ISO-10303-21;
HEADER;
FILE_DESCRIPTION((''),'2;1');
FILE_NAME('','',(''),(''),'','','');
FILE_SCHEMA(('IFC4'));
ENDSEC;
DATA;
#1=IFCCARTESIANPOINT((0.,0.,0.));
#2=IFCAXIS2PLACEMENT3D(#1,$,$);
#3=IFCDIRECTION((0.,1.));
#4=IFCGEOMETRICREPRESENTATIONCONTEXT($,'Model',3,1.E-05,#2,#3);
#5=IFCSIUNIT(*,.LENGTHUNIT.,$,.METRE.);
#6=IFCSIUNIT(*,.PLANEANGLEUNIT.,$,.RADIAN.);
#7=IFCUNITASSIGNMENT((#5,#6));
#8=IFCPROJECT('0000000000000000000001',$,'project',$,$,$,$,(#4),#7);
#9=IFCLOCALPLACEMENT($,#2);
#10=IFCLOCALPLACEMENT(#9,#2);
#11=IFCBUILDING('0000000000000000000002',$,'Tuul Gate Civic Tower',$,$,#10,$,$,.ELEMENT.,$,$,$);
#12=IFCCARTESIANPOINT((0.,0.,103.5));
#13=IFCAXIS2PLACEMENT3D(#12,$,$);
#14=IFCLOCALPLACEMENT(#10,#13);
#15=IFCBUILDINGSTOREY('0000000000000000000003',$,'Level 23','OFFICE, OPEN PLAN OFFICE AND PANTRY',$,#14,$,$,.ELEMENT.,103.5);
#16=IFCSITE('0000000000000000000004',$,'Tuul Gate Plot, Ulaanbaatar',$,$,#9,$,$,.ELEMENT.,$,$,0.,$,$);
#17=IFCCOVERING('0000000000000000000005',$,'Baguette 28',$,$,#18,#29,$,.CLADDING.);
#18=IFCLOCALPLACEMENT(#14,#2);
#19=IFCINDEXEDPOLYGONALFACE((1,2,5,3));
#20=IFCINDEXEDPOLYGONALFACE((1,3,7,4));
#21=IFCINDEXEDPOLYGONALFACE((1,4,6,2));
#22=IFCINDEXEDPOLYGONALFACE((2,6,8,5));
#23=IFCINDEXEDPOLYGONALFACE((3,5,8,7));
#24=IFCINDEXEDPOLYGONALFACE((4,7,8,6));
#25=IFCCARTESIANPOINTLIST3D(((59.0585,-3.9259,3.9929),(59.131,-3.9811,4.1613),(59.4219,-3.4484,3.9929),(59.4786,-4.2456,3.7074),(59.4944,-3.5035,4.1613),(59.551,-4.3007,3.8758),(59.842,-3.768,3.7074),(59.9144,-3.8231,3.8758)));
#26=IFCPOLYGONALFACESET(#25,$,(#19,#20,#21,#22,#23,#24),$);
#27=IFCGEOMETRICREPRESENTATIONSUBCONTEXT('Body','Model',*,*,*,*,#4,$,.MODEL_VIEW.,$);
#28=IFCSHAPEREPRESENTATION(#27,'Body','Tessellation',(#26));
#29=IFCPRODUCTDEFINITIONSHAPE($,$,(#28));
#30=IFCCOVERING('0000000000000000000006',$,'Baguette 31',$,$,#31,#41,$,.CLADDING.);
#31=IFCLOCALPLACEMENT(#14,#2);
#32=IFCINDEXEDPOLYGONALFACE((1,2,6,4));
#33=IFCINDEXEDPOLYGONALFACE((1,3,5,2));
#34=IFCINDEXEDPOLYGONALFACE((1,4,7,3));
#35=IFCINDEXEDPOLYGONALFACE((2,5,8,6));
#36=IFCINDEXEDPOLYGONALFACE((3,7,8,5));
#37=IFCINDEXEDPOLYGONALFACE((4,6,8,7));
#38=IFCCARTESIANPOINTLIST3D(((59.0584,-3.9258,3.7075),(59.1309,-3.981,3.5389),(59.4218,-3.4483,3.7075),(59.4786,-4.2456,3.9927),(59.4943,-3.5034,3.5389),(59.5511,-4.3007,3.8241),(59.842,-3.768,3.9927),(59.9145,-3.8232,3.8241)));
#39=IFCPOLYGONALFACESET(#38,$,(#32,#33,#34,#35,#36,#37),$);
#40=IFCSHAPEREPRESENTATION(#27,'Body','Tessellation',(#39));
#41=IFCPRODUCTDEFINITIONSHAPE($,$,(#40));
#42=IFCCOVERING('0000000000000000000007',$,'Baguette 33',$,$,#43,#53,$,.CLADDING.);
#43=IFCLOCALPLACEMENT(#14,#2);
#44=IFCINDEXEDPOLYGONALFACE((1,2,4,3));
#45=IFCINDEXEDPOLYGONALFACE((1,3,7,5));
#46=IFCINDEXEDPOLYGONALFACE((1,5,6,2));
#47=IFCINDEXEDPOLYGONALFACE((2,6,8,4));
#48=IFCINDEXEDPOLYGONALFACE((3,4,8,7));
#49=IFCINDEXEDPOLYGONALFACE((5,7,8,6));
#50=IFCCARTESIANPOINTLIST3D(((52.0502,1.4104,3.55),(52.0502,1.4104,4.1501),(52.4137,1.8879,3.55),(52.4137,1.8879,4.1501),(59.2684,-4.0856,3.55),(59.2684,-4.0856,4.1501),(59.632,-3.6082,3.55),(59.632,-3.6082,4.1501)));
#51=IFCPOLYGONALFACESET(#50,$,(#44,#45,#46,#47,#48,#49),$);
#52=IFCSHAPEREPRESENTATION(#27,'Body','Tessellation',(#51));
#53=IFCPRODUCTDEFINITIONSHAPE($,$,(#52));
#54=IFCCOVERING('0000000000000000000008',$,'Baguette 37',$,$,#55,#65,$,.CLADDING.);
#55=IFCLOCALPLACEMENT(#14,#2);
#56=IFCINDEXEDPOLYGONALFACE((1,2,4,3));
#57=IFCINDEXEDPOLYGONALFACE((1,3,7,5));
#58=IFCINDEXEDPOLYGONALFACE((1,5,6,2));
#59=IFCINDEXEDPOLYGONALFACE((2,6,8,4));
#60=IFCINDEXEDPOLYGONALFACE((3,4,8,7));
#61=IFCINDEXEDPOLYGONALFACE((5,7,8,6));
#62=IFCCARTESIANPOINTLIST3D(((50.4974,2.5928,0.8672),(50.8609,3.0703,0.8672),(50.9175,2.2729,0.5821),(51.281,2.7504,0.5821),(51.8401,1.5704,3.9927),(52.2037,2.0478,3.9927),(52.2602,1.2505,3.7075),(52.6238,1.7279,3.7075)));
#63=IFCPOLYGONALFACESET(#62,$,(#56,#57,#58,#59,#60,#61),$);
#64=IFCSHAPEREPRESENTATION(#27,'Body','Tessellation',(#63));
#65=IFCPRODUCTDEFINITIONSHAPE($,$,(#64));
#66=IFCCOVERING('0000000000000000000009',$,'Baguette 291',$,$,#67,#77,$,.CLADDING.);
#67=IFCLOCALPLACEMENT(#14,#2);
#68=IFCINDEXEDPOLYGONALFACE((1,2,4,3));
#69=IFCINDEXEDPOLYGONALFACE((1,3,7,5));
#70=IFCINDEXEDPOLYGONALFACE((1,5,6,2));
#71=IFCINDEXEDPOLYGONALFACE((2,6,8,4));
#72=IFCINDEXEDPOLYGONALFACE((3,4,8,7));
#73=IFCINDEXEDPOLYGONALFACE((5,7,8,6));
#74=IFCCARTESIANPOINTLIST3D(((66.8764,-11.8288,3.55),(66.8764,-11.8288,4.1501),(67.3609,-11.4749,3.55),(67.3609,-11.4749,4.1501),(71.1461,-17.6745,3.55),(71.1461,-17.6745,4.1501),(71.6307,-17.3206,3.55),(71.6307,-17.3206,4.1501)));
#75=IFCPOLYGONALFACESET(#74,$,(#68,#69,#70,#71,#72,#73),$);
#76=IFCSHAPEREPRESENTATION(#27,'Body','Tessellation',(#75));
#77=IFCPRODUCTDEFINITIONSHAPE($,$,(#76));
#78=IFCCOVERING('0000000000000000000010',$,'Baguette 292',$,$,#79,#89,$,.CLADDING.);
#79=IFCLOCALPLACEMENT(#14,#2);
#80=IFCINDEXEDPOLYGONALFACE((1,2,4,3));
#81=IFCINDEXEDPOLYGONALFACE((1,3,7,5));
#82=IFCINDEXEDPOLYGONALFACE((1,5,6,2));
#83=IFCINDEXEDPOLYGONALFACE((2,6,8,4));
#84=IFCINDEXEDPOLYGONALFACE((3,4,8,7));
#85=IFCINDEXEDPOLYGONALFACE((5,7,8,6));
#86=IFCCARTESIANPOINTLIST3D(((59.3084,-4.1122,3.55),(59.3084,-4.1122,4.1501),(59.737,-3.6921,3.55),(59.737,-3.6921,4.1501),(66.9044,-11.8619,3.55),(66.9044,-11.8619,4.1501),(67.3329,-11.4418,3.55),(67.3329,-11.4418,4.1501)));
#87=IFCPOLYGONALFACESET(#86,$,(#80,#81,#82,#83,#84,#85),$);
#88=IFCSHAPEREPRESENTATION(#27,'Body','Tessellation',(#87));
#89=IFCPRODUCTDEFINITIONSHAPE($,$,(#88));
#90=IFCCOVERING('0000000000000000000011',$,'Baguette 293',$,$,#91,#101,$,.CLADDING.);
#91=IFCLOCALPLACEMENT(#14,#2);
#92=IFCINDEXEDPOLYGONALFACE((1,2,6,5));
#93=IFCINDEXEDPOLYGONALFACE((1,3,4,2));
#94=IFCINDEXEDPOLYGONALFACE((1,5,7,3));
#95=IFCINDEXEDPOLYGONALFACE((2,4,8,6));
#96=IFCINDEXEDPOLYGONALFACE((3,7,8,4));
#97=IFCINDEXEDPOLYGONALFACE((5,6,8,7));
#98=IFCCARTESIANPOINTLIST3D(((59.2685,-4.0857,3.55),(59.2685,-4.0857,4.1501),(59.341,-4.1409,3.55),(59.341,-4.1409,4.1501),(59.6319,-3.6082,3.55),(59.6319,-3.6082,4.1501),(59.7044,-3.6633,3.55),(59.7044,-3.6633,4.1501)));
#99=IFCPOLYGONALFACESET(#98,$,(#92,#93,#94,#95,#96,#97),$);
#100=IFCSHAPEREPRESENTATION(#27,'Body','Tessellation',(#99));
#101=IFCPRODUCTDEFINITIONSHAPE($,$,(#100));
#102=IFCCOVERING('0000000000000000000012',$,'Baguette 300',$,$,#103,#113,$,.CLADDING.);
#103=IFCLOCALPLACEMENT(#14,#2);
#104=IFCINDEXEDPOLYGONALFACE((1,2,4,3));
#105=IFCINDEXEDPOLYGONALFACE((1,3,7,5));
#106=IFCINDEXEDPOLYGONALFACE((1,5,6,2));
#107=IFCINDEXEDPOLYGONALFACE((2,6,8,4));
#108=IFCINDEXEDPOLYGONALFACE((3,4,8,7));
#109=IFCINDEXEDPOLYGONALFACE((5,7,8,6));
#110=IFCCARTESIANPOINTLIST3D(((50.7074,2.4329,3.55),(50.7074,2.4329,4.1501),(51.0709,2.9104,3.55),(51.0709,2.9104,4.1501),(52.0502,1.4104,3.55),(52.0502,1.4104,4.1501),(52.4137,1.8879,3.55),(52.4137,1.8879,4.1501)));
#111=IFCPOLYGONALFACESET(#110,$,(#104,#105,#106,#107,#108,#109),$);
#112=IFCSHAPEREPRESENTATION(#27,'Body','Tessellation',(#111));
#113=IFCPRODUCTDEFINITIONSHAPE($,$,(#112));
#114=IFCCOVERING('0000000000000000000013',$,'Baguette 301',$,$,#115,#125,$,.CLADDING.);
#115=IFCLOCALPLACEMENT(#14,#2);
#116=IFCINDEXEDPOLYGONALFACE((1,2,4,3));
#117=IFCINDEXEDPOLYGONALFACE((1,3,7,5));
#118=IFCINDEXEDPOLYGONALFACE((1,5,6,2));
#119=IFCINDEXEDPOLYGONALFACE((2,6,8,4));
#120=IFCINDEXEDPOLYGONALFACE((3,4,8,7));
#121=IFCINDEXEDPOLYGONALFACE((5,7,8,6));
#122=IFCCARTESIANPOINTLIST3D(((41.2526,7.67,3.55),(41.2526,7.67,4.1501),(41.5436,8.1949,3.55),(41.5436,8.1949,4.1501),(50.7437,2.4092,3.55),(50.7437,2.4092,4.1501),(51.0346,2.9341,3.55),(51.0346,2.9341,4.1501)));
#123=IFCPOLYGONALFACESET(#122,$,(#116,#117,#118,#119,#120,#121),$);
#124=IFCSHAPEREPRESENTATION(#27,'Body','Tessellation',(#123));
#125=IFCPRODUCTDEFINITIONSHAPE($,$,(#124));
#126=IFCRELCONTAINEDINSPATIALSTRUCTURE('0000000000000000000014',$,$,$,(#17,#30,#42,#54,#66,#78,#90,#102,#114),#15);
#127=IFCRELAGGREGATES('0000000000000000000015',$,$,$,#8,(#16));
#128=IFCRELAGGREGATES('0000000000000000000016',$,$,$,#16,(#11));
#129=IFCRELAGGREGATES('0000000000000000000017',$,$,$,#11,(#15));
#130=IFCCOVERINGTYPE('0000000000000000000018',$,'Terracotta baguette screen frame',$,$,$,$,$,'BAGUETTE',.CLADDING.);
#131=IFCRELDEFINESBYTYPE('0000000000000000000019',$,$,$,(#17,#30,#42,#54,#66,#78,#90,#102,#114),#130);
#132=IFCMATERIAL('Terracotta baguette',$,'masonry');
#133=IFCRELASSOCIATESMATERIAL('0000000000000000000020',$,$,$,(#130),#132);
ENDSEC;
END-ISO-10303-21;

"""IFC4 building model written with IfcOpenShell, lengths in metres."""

from ifc_helpers import new_model, si_unit, direction, frame, origin, origin_2d, place, context, subcontext, project, spatial, rectangle, extrude, material, material_profile, profile_set, type_object, element, save


model = new_model("IFC4")

# Units and contexts
model_context = context("Model", 3, precision=1e-05, world=origin(), true_north=direction((0.0, 1.0)))
body_context = subcontext(model_context, "Body", "Model", "MODEL_VIEW")
ifc_project = project(units=[si_unit("LENGTHUNIT", "METRE"), si_unit("PLANEANGLEUNIT", "RADIAN")], contexts=[model_context])

# Site, building, storey
site_placement = place(None, origin())
site = spatial("IfcSite", under=ifc_project, at=site_placement, Name="Tuul Gate Plot, Ulaanbaatar", CompositionType="ELEMENT", RefElevation=0.0)
building_placement = place(site_placement, origin())
building = spatial("IfcBuilding", under=site, at=building_placement, Name="Tuul Gate Civic Tower", CompositionType="ELEMENT")
storey_placement = place(building_placement, frame((0.0, 0.0, 103.5)))
storey = spatial("IfcBuildingStorey", under=building, at=storey_placement, Name="Level 23", Description="OFFICE, OPEN PLAN OFFICE AND PANTRY", CompositionType="ELEMENT", Elevation=103.5)

# Coverings
ifc_material_1 = material(Name="Terracotta baguette", Category="masonry")
ifc_material_profile_1 = material_profile(ifc_material_1, rectangle(XDim=0.6001, YDim=0.6001, at=origin_2d()), Name="Terracotta baguette screen frame")
ifc_profile_set_1 = profile_set([ifc_material_profile_1], Name="Terracotta baguette")
covering_type = type_object("IfcCoveringType", Name="Terracotta baguette screen frame", ElementType="BAGUETTE", PredefinedType="CLADDING", material=ifc_profile_set_1)
covering_1_placement = place(storey_placement, frame((59.5227, -3.9021, 4.0186), z_axis=(-0.378602, 0.288095, -0.879581), x_axis=(-0.605559, -0.795801, 0.0)))
element("IfcCovering", 1, at=covering_1_placement, inside=storey, type_object=covering_type, Name="Baguette 28", PredefinedType="CLADDING", context=body_context, shape_type="SweptSolid", body=[
    extrude(rectangle(XDim=0.6001, YDim=0.6001, at=origin_2d()), origin(), (0.0, 0.0, 1.0), 0.1914),
])
covering_2_placement = place(storey_placement, frame((59.4502, -3.8469, 3.8501), z_axis=(0.378178, -0.287772, -0.879869), x_axis=(0.605559, 0.795801, 0.0)))
element("IfcCovering", 2, at=covering_2_placement, inside=storey, type_object=covering_type, Name="Baguette 31", PredefinedType="CLADDING", context=body_context, shape_type="SweptSolid", body=[
    extrude(rectangle(XDim=0.6001, YDim=0.6001, at=origin_2d()), origin(), (0.0, 0.0, 1.0), 0.1917),
])
covering_3_placement = place(storey_placement, frame((59.4502, -3.8469, 3.8501), z_axis=(-0.795619, 0.605797, 0.0), x_axis=(-0.605797, -0.795619, 0.0)))
element("IfcCovering", 3, at=covering_3_placement, inside=storey, type_object=covering_type, Name="Baguette 33", PredefinedType="CLADDING", context=body_context, shape_type="SweptSolid", body=[
    extrude(rectangle(XDim=0.6001, YDim=0.6001, at=origin_2d()), origin(), (0.0, 0.0, 1.0), 9.0725),
])
covering_4_placement = place(storey_placement, frame((52.2319, 1.6492, 3.8501), z_axis=(-0.378026, 0.28785, -0.879908), x_axis=(-0.605817, -0.795604, 0.0)))
element("IfcCovering", 4, at=covering_4_placement, inside=storey, type_object=covering_type, Name="Baguette 37", PredefinedType="CLADDING", context=body_context, shape_type="SweptSolid", body=[
    extrude(rectangle(XDim=0.6001, YDim=0.6001, at=origin_2d()), origin(), (0.0, 0.0, 1.0), 3.552),
])
covering_5_placement = place(storey_placement, frame((71.3884, -17.4976, 3.8501), z_axis=(-0.589829, 0.807528, 0.0), x_axis=(-0.807528, -0.589829, 0.0)))
element("IfcCovering", 5, at=covering_5_placement, inside=storey, type_object=covering_type, Name="Baguette 291", PredefinedType="CLADDING", context=body_context, shape_type="SweptSolid", body=[
    extrude(rectangle(XDim=0.6001, YDim=0.6001, at=origin_2d()), origin(), (0.0, 0.0, 1.0), 7.239),
])
covering_6_placement = place(storey_placement, frame((67.1187, -11.6519, 3.8501), z_axis=(-0.699984, 0.714158, 0.0), x_axis=(-0.714158, -0.699984, 0.0)))
element("IfcCovering", 6, at=covering_6_placement, inside=storey, type_object=covering_type, Name="Baguette 292", PredefinedType="CLADDING", context=body_context, shape_type="SweptSolid", body=[
    extrude(rectangle(XDim=0.6001, YDim=0.6001, at=origin_2d()), origin(), (0.0, 0.0, 1.0), 10.8516),
])
covering_7_placement = place(storey_placement, frame((59.5227, -3.9021, 3.8501), z_axis=(-0.795801, 0.605559, 0.0), x_axis=(-0.605559, -0.795801, 0.0)))
element("IfcCovering", 7, at=covering_7_placement, inside=storey, type_object=covering_type, Name="Baguette 293", PredefinedType="CLADDING", context=body_context, shape_type="SweptSolid", body=[
    extrude(rectangle(XDim=0.6001, YDim=0.6001, at=origin_2d()), origin(), (0.0, 0.0, 1.0), 0.0911),
])
covering_8_placement = place(storey_placement, frame((52.2319, 1.6492, 3.8501), z_axis=(-0.795604, 0.605817, 0.0), x_axis=(-0.605817, -0.795604, 0.0)))
element("IfcCovering", 8, at=covering_8_placement, inside=storey, type_object=covering_type, Name="Baguette 300", PredefinedType="CLADDING", context=body_context, shape_type="SweptSolid", body=[
    extrude(rectangle(XDim=0.6001, YDim=0.6001, at=origin_2d()), origin(), (0.0, 0.0, 1.0), 1.6877),
])
covering_9_placement = place(storey_placement, frame((50.8892, 2.6716, 3.8501), z_axis=(-0.874627, 0.484796, 0.0), x_axis=(-0.484796, -0.874627, 0.0)))
element("IfcCovering", 9, at=covering_9_placement, inside=storey, type_object=covering_type, Name="Baguette 301", PredefinedType="CLADDING", context=body_context, shape_type="SweptSolid", body=[
    extrude(rectangle(XDim=0.6001, YDim=0.6001, at=origin_2d()), origin(), (0.0, 0.0, 1.0), 10.8516),
])

save(model, "model.ifc")
